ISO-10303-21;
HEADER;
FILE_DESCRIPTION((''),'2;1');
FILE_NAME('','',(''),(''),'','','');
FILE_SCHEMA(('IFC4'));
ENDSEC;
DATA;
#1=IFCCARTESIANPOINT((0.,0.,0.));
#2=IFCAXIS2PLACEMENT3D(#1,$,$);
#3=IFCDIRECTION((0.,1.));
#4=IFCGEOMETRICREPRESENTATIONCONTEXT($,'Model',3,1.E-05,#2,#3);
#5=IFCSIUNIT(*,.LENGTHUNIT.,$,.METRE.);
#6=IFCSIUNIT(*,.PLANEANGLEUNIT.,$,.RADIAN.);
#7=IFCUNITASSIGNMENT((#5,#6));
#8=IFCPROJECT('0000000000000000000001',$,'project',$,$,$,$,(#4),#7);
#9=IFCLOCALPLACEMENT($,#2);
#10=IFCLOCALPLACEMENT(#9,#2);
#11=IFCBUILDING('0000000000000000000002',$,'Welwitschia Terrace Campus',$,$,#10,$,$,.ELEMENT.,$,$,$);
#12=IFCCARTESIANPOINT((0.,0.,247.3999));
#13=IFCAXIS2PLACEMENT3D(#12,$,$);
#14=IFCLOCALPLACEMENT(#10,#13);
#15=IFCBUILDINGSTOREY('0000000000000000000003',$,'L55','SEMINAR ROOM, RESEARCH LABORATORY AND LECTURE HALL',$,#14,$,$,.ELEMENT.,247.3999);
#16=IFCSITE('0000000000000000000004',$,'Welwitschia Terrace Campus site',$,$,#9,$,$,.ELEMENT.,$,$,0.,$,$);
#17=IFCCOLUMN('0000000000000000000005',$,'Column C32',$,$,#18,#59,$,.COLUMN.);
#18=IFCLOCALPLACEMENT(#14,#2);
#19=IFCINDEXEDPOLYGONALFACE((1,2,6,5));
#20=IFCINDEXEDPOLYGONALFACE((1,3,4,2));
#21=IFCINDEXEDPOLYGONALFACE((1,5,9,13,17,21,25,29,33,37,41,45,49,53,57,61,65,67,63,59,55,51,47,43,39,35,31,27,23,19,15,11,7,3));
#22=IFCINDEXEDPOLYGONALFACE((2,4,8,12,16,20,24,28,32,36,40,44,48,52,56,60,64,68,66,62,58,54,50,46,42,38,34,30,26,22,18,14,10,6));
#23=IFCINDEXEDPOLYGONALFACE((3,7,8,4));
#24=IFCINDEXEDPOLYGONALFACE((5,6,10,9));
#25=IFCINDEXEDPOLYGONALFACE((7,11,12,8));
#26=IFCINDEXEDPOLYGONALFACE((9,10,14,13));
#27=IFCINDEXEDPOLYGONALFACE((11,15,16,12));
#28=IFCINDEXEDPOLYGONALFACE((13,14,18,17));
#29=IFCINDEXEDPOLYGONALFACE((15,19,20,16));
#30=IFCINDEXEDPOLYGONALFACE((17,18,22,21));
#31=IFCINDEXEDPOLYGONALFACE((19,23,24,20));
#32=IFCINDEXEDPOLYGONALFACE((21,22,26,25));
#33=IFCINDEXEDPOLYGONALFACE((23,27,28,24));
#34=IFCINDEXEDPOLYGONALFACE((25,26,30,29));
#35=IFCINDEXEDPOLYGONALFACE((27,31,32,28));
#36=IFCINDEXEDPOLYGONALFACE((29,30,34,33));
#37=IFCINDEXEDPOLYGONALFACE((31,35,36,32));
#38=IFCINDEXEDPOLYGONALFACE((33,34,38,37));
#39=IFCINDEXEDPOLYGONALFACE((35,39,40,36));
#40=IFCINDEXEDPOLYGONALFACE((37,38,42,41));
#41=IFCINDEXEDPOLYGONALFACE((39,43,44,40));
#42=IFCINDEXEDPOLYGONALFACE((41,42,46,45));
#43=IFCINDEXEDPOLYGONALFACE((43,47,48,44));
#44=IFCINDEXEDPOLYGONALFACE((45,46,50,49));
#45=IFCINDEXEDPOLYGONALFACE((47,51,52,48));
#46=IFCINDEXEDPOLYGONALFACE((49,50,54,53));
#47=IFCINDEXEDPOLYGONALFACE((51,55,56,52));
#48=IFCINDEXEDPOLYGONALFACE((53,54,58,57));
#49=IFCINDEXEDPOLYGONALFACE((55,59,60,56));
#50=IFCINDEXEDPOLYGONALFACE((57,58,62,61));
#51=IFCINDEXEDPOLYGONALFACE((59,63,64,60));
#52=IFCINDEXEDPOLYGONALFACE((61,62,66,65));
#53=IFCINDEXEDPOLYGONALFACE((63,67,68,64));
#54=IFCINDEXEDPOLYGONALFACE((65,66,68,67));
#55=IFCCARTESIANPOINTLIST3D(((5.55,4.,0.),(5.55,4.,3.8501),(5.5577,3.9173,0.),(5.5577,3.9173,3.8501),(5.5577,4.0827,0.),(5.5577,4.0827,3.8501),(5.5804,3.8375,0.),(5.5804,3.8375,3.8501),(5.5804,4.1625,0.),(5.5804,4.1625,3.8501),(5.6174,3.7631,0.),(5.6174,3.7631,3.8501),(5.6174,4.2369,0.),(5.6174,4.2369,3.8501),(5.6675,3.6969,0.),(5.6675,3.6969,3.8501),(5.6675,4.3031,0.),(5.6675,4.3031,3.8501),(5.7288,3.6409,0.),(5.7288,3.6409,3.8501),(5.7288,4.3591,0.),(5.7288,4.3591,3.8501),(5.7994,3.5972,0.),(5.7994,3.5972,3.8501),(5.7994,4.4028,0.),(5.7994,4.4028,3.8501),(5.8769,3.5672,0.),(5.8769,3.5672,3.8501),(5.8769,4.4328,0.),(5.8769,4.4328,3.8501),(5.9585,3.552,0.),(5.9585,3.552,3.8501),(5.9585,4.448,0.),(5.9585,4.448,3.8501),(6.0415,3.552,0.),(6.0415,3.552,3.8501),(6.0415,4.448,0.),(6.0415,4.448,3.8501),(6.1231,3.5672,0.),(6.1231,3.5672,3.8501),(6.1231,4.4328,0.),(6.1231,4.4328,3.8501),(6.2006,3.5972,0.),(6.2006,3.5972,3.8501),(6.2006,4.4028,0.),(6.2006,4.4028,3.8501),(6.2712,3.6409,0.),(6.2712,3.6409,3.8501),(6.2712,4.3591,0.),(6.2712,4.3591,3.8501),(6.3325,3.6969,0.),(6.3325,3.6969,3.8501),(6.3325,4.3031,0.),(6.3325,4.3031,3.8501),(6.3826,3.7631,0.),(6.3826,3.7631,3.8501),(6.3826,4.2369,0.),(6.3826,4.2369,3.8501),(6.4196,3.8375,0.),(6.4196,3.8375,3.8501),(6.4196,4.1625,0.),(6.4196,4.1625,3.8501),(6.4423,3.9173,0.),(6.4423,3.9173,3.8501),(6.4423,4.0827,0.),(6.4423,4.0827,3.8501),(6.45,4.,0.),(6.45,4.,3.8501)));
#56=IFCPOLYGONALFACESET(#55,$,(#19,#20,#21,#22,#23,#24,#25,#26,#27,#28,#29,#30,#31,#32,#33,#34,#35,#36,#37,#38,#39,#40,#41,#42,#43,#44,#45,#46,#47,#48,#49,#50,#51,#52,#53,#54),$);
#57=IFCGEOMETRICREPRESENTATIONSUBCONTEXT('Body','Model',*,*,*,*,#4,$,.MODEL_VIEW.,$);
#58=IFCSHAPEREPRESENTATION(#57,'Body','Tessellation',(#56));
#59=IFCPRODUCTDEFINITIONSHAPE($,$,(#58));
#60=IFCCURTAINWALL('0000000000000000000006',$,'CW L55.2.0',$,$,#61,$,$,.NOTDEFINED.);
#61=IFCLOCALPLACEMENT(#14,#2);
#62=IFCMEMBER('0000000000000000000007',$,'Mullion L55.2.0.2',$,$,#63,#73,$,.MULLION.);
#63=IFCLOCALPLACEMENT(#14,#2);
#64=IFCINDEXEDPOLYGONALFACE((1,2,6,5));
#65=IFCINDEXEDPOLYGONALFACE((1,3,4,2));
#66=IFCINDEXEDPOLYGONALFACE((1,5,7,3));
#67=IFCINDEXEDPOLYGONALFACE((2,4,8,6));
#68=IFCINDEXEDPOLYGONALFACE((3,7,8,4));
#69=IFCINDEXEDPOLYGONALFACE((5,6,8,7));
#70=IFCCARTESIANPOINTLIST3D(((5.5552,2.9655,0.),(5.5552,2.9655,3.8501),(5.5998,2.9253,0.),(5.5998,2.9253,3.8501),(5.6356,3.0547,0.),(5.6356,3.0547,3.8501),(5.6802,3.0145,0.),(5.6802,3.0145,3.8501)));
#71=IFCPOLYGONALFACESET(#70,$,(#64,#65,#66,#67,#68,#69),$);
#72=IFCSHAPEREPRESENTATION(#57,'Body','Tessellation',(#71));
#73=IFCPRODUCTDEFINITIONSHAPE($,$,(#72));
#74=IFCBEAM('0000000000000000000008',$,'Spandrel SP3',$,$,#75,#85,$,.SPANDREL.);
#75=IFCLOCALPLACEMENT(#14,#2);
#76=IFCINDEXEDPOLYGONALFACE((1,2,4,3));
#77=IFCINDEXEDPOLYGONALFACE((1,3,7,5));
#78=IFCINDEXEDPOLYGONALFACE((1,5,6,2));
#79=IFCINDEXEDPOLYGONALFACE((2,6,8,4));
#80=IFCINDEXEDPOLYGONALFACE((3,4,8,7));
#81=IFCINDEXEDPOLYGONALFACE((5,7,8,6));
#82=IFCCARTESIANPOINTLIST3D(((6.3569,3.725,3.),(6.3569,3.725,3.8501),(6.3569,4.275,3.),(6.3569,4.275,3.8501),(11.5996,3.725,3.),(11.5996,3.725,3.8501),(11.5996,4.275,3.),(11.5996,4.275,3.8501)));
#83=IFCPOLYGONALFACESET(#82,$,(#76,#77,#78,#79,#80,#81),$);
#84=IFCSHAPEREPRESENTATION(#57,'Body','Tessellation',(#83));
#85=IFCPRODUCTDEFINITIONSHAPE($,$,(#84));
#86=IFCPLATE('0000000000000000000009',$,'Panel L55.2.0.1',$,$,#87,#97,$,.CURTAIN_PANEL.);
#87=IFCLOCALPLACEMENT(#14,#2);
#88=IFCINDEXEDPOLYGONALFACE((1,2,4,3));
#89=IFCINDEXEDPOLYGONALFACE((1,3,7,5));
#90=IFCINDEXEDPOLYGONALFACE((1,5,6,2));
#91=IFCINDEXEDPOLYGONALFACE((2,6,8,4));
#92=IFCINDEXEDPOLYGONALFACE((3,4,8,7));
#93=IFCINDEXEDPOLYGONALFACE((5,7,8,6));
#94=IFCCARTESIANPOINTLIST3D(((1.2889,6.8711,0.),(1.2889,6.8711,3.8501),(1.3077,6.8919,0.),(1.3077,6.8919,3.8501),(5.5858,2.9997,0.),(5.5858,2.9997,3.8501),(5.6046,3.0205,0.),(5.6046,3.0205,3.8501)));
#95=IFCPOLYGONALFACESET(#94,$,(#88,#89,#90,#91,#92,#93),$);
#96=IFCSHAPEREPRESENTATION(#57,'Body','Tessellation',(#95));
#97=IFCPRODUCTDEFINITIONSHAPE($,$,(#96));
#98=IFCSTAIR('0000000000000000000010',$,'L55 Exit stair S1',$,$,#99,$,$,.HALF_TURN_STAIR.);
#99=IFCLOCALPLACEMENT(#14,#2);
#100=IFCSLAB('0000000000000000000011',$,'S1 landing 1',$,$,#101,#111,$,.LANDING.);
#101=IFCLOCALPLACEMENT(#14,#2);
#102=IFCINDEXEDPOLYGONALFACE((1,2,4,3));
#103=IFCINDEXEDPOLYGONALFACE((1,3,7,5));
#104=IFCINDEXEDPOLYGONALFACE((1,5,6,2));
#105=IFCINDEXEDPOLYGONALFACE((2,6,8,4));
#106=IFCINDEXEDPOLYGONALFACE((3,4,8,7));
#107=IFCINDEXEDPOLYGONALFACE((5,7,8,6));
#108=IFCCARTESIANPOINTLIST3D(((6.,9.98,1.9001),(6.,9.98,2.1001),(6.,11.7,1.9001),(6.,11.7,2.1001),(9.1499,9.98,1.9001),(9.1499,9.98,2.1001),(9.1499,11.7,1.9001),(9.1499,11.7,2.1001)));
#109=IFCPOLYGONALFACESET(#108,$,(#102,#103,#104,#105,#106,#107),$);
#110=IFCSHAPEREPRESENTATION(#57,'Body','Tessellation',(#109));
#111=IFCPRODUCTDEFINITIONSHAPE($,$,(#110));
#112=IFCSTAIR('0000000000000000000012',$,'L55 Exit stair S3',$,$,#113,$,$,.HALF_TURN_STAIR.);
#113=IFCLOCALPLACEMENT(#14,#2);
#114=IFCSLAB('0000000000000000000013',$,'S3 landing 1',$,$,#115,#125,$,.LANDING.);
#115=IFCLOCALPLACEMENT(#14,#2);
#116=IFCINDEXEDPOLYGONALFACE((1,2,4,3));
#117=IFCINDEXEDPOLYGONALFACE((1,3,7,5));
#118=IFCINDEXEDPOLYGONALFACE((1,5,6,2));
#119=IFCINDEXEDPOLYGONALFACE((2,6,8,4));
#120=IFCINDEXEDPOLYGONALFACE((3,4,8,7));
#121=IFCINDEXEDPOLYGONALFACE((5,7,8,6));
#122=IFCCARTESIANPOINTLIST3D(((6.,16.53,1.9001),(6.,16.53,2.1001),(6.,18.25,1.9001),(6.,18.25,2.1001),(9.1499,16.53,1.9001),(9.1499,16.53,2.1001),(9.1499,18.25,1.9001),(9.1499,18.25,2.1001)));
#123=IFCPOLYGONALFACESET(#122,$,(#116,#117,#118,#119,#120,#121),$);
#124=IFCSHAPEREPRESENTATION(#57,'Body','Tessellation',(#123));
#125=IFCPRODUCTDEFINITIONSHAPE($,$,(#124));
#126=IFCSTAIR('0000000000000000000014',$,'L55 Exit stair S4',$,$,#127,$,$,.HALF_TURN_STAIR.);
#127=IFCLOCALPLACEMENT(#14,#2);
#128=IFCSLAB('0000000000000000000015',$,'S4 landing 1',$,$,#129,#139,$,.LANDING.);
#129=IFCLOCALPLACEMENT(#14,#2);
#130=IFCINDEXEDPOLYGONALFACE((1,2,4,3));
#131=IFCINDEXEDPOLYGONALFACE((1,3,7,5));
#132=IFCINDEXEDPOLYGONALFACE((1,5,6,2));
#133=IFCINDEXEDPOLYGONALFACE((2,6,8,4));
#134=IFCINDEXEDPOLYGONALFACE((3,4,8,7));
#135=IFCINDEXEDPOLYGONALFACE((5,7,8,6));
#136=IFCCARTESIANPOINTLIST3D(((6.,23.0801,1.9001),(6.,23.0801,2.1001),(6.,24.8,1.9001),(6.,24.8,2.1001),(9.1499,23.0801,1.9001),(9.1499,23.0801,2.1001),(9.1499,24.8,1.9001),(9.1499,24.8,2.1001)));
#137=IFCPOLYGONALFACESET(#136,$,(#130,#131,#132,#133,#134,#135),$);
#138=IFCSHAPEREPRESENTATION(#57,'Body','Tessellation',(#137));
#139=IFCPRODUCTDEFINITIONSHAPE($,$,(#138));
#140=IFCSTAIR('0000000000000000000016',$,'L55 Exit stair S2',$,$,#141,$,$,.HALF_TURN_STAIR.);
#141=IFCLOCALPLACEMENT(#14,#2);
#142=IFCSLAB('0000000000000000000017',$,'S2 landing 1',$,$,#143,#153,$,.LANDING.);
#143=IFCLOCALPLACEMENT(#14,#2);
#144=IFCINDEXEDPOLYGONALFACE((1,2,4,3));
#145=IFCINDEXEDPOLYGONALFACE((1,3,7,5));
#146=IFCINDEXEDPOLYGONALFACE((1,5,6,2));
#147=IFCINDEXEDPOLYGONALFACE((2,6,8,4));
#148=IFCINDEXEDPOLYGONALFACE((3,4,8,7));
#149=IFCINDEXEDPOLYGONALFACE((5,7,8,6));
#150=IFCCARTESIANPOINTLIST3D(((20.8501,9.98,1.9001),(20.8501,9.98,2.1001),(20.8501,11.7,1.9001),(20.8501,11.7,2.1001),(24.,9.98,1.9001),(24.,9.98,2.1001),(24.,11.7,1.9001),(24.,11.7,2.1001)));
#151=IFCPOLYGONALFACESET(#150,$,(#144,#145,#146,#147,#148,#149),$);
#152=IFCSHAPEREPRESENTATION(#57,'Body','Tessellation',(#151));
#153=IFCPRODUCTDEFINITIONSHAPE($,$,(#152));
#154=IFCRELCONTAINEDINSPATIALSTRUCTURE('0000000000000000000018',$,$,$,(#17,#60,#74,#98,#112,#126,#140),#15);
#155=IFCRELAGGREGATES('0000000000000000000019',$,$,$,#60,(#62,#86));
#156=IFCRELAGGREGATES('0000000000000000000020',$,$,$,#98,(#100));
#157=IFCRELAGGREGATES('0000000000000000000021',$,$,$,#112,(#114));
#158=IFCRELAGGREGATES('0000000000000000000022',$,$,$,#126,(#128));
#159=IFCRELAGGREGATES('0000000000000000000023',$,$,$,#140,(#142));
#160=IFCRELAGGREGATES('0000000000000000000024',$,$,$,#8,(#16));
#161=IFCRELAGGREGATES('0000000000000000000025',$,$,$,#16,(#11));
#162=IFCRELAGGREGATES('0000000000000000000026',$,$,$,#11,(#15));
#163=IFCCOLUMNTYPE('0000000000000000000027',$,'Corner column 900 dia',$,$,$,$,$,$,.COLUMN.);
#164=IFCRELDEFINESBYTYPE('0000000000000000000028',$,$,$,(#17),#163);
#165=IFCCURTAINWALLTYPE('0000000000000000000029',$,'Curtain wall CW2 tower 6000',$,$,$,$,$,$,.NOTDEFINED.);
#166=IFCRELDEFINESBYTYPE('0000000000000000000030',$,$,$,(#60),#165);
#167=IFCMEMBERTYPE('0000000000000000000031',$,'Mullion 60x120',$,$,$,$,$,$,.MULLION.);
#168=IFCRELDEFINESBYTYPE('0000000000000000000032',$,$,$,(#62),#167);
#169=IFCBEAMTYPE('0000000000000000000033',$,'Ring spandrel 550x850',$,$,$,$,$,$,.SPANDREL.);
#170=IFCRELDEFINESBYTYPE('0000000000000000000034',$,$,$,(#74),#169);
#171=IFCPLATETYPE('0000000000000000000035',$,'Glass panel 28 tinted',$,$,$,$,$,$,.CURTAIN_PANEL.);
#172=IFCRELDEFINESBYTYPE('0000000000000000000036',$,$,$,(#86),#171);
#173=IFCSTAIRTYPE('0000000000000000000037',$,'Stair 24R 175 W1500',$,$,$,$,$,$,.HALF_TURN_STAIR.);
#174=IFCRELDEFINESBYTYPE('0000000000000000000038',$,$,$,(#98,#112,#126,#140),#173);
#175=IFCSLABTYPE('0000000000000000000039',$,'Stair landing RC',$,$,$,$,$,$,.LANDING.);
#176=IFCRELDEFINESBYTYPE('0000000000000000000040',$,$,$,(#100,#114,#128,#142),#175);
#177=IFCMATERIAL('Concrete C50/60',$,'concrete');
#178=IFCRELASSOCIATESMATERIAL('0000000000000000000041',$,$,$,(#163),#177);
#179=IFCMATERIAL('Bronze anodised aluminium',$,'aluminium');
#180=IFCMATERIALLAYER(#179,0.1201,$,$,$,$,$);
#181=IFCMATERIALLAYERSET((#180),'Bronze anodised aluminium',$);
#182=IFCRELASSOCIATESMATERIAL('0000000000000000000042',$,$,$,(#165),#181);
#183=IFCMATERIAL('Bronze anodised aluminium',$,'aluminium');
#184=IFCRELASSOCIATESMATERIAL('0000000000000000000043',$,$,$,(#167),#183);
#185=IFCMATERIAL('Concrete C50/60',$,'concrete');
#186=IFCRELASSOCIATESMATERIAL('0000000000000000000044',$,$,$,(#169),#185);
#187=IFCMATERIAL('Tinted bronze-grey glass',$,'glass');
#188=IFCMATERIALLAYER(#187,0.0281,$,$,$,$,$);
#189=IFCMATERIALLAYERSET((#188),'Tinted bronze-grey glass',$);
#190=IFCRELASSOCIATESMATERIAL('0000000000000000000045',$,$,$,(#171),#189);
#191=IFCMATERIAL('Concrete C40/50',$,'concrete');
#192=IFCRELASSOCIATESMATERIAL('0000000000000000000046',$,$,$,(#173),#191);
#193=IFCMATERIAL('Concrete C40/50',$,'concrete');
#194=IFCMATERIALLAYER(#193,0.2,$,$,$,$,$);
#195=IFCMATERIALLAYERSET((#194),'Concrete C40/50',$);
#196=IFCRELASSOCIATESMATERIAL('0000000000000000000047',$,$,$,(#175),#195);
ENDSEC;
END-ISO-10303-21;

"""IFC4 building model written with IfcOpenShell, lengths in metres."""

from ifc_helpers import new_model, si_unit, direction, frame, origin, origin_2d, place, context, subcontext, project, spatial, polyline, rectangle, circle, outline, extrude, material, layer, layer_set, material_profile, profile_set, type_object, element, aggregate, save


model = new_model("IFC4")

# Units and contexts
model_context = context("Model", 3, precision=1e-05, world=origin(), true_north=direction((0.0, 1.0)))
body_context = subcontext(model_context, "Body", "Model", "MODEL_VIEW")
ifc_project = project(units=[si_unit("LENGTHUNIT", "METRE"), si_unit("PLANEANGLEUNIT", "RADIAN")], contexts=[model_context])

# Site, building, storey
site_placement = place(None, origin())
site = spatial("IfcSite", under=ifc_project, at=site_placement, Name="Welwitschia Terrace Campus site", CompositionType="ELEMENT", RefElevation=0.0)
building_placement = place(site_placement, origin())
building = spatial("IfcBuilding", under=site, at=building_placement, Name="Welwitschia Terrace Campus", CompositionType="ELEMENT")
storey_placement = place(building_placement, frame((0.0, 0.0, 247.3999)))
storey = spatial("IfcBuildingStorey", under=building, at=storey_placement, Name="L55", Description="SEMINAR ROOM, RESEARCH LABORATORY AND LECTURE HALL", CompositionType="ELEMENT", Elevation=247.3999)

# Column
ifc_material_1 = material(Name="Concrete C50/60", Category="concrete")
ifc_material_profile_1 = material_profile(ifc_material_1, circle(Radius=0.45, at=origin_2d()))
ifc_profile_set_1 = profile_set([ifc_material_profile_1], Name="Concrete C50/60")
column_type = type_object("IfcColumnType", Name="Corner column 900 dia", PredefinedType="COLUMN", material=ifc_profile_set_1)
column_placement = place(storey_placement, frame((6.0, 4.0, 0.0), z_axis=(0.0, 0.0, 1.0), x_axis=(1.0, 0.0, 0.0)))
element("IfcColumn", 1, at=column_placement, inside=storey, type_object=column_type, Name="Column C32", PredefinedType="COLUMN", context=body_context, shape_type="SweptSolid", body=[
    extrude(circle(Radius=0.45, at=origin_2d()), origin(), (0.0, 0.0, 1.0), 3.8501),
])

# Curtain wall, member
ifc_material_2 = material(Name="Bronze anodised aluminium", Category="aluminium")
ifc_layer_1 = layer(ifc_material_2, 0.1201)
ifc_layer_set_1 = layer_set([ifc_layer_1], Name="Bronze anodised aluminium")
curtain_wall_type = type_object("IfcCurtainWallType", Name="Curtain wall CW2 tower 6000", PredefinedType="NOTDEFINED", material=ifc_layer_set_1)
curtain_wall_placement = place(storey_placement, origin())
curtain_wall = element("IfcCurtainWall", 2, at=curtain_wall_placement, inside=storey, type_object=curtain_wall_type, Name="CW L55.2.0", PredefinedType="NOTDEFINED")
ifc_material_3 = material(Name="Bronze anodised aluminium", Category="aluminium")
ifc_material_profile_2 = material_profile(ifc_material_3, rectangle(XDim=0.1201, YDim=0.0601, at=origin_2d()))
ifc_profile_set_2 = profile_set([ifc_material_profile_2], Name="Bronze anodised aluminium")
member_type = type_object("IfcMemberType", Name="Mullion 60x120", PredefinedType="MULLION", material=ifc_profile_set_2)
member_placement = place(storey_placement, frame((5.6177, 2.99, 0.0), z_axis=(0.0, 0.0, 1.0), x_axis=(0.669359, 0.742939, 0.0)))
member = element("IfcMember", 3, at=member_placement, type_object=member_type, Name="Mullion L55.2.0.2", PredefinedType="MULLION", context=body_context, shape_type="SweptSolid", body=[
    extrude(rectangle(XDim=0.1201, YDim=0.0601, at=origin_2d()), origin(), (0.0, 0.0, 1.0), 3.8501),
])

# Beam
ifc_material_4 = material(Name="Concrete C50/60", Category="concrete")
ifc_material_profile_3 = material_profile(ifc_material_4, rectangle(XDim=0.55, YDim=0.8501, at=origin_2d()))
ifc_profile_set_3 = profile_set([ifc_material_profile_3], Name="Concrete C50/60")
beam_type = type_object("IfcBeamType", Name="Ring spandrel 550x850", PredefinedType="SPANDREL", material=ifc_profile_set_3)
beam_placement = place(storey_placement, frame((6.3569, 4.0, 3.425), z_axis=(1.0, 0.0, 0.0), x_axis=(0.0, 1.0, 0.0)))
element("IfcBeam", 4, at=beam_placement, inside=storey, type_object=beam_type, Name="Spandrel SP3", PredefinedType="SPANDREL", context=body_context, shape_type="SweptSolid", body=[
    extrude(rectangle(XDim=0.55, YDim=0.8501, at=origin_2d()), origin(), (0.0, 0.0, 1.0), 5.2427),
])

# Plate
ifc_material_5 = material(Name="Tinted bronze-grey glass", Category="glass")
ifc_layer_2 = layer(ifc_material_5, 0.0281)
ifc_layer_set_2 = layer_set([ifc_layer_2], Name="Tinted bronze-grey glass")
plate_type = type_object("IfcPlateType", Name="Glass panel 28 tinted", PredefinedType="CURTAIN_PANEL", material=ifc_layer_set_2)
plate_placement = place(storey_placement, frame((3.4468, 4.9458, 0.0), z_axis=(0.0, 0.0, 1.0), x_axis=(0.742939, -0.669359, 0.0)))
plate = element("IfcPlate", 5, at=plate_placement, type_object=plate_type, Name="Panel L55.2.0.1", PredefinedType="CURTAIN_PANEL", context=body_context, shape_type="SweptSolid", body=[
    extrude(rectangle(XDim=5.7837, YDim=0.0281, at=origin_2d()), origin(), (0.0, 0.0, 1.0), 3.8501),
])
aggregate(curtain_wall, [member, plate])

# Stairs, slabs
ifc_material_6 = material(Name="Concrete C40/50", Category="concrete")
stair_type = type_object("IfcStairType", Name="Stair 24R 175 W1500", PredefinedType="HALF_TURN_STAIR", material=ifc_material_6)
stair_1_placement = place(storey_placement, origin())
stair_1 = element("IfcStair", 6, at=stair_1_placement, inside=storey, type_object=stair_type, Name="L55 Exit stair S1", PredefinedType="HALF_TURN_STAIR")
ifc_material_7 = material(Name="Concrete C40/50", Category="concrete")
ifc_layer_3 = layer(ifc_material_7, 0.2)
ifc_layer_set_3 = layer_set([ifc_layer_3], Name="Concrete C40/50")
slab_type_1 = type_object("IfcSlabType", Name="Stair landing RC", PredefinedType="LANDING", material=ifc_layer_set_3)
slab_1_placement = place(storey_placement, frame((0.0, 0.0, 1.9001)))
slab_1 = element("IfcSlab", 7, at=slab_1_placement, type_object=slab_type_1, Name="S1 landing 1", PredefinedType="LANDING", context=body_context, shape_type="SweptSolid", body=[
    extrude(outline(polyline([(9.1499, 9.98), (9.1499, 11.7), (6.0, 11.7), (6.0, 9.98), (9.1499, 9.98)])), origin(), (0.0, 0.0, 1.0), 0.2),
])
aggregate(stair_1, [slab_1])
stair_2_placement = place(storey_placement, origin())
stair_2 = element("IfcStair", 8, at=stair_2_placement, inside=storey, type_object=stair_type, Name="L55 Exit stair S3", PredefinedType="HALF_TURN_STAIR")
slab_2_placement = place(storey_placement, frame((0.0, 0.0, 1.9001)))
slab_2 = element("IfcSlab", 9, at=slab_2_placement, type_object=slab_type_1, Name="S3 landing 1", PredefinedType="LANDING", context=body_context, shape_type="SweptSolid", body=[
    extrude(outline(polyline([(9.1499, 16.53), (9.1499, 18.25), (6.0, 18.25), (6.0, 16.53), (9.1499, 16.53)])), origin(), (0.0, 0.0, 1.0), 0.2),
])
aggregate(stair_2, [slab_2])
stair_3_placement = place(storey_placement, origin())
stair_3 = element("IfcStair", 10, at=stair_3_placement, inside=storey, type_object=stair_type, Name="L55 Exit stair S4", PredefinedType="HALF_TURN_STAIR")
slab_3_placement = place(storey_placement, frame((0.0, 0.0, 1.9001)))
slab_3 = element("IfcSlab", 11, at=slab_3_placement, type_object=slab_type_1, Name="S4 landing 1", PredefinedType="LANDING", context=body_context, shape_type="SweptSolid", body=[
    extrude(outline(polyline([(9.1499, 23.0801), (9.1499, 24.8), (6.0, 24.8), (6.0, 23.0801), (9.1499, 23.0801)])), origin(), (0.0, 0.0, 1.0), 0.2),
])
aggregate(stair_3, [slab_3])
stair_4_placement = place(storey_placement, origin())
stair_4 = element("IfcStair", 12, at=stair_4_placement, inside=storey, type_object=stair_type, Name="L55 Exit stair S2", PredefinedType="HALF_TURN_STAIR")
slab_4_placement = place(storey_placement, frame((0.0, 0.0, 1.9001)))
slab_4 = element("IfcSlab", 13, at=slab_4_placement, type_object=slab_type_1, Name="S2 landing 1", PredefinedType="LANDING", context=body_context, shape_type="SweptSolid", body=[
    extrude(outline(polyline([(24.0, 9.98), (24.0, 11.7), (20.8501, 11.7), (20.8501, 9.98), (24.0, 9.98)])), origin(), (0.0, 0.0, 1.0), 0.2),
])
aggregate(stair_4, [slab_4])

save(model, "model.ifc")
